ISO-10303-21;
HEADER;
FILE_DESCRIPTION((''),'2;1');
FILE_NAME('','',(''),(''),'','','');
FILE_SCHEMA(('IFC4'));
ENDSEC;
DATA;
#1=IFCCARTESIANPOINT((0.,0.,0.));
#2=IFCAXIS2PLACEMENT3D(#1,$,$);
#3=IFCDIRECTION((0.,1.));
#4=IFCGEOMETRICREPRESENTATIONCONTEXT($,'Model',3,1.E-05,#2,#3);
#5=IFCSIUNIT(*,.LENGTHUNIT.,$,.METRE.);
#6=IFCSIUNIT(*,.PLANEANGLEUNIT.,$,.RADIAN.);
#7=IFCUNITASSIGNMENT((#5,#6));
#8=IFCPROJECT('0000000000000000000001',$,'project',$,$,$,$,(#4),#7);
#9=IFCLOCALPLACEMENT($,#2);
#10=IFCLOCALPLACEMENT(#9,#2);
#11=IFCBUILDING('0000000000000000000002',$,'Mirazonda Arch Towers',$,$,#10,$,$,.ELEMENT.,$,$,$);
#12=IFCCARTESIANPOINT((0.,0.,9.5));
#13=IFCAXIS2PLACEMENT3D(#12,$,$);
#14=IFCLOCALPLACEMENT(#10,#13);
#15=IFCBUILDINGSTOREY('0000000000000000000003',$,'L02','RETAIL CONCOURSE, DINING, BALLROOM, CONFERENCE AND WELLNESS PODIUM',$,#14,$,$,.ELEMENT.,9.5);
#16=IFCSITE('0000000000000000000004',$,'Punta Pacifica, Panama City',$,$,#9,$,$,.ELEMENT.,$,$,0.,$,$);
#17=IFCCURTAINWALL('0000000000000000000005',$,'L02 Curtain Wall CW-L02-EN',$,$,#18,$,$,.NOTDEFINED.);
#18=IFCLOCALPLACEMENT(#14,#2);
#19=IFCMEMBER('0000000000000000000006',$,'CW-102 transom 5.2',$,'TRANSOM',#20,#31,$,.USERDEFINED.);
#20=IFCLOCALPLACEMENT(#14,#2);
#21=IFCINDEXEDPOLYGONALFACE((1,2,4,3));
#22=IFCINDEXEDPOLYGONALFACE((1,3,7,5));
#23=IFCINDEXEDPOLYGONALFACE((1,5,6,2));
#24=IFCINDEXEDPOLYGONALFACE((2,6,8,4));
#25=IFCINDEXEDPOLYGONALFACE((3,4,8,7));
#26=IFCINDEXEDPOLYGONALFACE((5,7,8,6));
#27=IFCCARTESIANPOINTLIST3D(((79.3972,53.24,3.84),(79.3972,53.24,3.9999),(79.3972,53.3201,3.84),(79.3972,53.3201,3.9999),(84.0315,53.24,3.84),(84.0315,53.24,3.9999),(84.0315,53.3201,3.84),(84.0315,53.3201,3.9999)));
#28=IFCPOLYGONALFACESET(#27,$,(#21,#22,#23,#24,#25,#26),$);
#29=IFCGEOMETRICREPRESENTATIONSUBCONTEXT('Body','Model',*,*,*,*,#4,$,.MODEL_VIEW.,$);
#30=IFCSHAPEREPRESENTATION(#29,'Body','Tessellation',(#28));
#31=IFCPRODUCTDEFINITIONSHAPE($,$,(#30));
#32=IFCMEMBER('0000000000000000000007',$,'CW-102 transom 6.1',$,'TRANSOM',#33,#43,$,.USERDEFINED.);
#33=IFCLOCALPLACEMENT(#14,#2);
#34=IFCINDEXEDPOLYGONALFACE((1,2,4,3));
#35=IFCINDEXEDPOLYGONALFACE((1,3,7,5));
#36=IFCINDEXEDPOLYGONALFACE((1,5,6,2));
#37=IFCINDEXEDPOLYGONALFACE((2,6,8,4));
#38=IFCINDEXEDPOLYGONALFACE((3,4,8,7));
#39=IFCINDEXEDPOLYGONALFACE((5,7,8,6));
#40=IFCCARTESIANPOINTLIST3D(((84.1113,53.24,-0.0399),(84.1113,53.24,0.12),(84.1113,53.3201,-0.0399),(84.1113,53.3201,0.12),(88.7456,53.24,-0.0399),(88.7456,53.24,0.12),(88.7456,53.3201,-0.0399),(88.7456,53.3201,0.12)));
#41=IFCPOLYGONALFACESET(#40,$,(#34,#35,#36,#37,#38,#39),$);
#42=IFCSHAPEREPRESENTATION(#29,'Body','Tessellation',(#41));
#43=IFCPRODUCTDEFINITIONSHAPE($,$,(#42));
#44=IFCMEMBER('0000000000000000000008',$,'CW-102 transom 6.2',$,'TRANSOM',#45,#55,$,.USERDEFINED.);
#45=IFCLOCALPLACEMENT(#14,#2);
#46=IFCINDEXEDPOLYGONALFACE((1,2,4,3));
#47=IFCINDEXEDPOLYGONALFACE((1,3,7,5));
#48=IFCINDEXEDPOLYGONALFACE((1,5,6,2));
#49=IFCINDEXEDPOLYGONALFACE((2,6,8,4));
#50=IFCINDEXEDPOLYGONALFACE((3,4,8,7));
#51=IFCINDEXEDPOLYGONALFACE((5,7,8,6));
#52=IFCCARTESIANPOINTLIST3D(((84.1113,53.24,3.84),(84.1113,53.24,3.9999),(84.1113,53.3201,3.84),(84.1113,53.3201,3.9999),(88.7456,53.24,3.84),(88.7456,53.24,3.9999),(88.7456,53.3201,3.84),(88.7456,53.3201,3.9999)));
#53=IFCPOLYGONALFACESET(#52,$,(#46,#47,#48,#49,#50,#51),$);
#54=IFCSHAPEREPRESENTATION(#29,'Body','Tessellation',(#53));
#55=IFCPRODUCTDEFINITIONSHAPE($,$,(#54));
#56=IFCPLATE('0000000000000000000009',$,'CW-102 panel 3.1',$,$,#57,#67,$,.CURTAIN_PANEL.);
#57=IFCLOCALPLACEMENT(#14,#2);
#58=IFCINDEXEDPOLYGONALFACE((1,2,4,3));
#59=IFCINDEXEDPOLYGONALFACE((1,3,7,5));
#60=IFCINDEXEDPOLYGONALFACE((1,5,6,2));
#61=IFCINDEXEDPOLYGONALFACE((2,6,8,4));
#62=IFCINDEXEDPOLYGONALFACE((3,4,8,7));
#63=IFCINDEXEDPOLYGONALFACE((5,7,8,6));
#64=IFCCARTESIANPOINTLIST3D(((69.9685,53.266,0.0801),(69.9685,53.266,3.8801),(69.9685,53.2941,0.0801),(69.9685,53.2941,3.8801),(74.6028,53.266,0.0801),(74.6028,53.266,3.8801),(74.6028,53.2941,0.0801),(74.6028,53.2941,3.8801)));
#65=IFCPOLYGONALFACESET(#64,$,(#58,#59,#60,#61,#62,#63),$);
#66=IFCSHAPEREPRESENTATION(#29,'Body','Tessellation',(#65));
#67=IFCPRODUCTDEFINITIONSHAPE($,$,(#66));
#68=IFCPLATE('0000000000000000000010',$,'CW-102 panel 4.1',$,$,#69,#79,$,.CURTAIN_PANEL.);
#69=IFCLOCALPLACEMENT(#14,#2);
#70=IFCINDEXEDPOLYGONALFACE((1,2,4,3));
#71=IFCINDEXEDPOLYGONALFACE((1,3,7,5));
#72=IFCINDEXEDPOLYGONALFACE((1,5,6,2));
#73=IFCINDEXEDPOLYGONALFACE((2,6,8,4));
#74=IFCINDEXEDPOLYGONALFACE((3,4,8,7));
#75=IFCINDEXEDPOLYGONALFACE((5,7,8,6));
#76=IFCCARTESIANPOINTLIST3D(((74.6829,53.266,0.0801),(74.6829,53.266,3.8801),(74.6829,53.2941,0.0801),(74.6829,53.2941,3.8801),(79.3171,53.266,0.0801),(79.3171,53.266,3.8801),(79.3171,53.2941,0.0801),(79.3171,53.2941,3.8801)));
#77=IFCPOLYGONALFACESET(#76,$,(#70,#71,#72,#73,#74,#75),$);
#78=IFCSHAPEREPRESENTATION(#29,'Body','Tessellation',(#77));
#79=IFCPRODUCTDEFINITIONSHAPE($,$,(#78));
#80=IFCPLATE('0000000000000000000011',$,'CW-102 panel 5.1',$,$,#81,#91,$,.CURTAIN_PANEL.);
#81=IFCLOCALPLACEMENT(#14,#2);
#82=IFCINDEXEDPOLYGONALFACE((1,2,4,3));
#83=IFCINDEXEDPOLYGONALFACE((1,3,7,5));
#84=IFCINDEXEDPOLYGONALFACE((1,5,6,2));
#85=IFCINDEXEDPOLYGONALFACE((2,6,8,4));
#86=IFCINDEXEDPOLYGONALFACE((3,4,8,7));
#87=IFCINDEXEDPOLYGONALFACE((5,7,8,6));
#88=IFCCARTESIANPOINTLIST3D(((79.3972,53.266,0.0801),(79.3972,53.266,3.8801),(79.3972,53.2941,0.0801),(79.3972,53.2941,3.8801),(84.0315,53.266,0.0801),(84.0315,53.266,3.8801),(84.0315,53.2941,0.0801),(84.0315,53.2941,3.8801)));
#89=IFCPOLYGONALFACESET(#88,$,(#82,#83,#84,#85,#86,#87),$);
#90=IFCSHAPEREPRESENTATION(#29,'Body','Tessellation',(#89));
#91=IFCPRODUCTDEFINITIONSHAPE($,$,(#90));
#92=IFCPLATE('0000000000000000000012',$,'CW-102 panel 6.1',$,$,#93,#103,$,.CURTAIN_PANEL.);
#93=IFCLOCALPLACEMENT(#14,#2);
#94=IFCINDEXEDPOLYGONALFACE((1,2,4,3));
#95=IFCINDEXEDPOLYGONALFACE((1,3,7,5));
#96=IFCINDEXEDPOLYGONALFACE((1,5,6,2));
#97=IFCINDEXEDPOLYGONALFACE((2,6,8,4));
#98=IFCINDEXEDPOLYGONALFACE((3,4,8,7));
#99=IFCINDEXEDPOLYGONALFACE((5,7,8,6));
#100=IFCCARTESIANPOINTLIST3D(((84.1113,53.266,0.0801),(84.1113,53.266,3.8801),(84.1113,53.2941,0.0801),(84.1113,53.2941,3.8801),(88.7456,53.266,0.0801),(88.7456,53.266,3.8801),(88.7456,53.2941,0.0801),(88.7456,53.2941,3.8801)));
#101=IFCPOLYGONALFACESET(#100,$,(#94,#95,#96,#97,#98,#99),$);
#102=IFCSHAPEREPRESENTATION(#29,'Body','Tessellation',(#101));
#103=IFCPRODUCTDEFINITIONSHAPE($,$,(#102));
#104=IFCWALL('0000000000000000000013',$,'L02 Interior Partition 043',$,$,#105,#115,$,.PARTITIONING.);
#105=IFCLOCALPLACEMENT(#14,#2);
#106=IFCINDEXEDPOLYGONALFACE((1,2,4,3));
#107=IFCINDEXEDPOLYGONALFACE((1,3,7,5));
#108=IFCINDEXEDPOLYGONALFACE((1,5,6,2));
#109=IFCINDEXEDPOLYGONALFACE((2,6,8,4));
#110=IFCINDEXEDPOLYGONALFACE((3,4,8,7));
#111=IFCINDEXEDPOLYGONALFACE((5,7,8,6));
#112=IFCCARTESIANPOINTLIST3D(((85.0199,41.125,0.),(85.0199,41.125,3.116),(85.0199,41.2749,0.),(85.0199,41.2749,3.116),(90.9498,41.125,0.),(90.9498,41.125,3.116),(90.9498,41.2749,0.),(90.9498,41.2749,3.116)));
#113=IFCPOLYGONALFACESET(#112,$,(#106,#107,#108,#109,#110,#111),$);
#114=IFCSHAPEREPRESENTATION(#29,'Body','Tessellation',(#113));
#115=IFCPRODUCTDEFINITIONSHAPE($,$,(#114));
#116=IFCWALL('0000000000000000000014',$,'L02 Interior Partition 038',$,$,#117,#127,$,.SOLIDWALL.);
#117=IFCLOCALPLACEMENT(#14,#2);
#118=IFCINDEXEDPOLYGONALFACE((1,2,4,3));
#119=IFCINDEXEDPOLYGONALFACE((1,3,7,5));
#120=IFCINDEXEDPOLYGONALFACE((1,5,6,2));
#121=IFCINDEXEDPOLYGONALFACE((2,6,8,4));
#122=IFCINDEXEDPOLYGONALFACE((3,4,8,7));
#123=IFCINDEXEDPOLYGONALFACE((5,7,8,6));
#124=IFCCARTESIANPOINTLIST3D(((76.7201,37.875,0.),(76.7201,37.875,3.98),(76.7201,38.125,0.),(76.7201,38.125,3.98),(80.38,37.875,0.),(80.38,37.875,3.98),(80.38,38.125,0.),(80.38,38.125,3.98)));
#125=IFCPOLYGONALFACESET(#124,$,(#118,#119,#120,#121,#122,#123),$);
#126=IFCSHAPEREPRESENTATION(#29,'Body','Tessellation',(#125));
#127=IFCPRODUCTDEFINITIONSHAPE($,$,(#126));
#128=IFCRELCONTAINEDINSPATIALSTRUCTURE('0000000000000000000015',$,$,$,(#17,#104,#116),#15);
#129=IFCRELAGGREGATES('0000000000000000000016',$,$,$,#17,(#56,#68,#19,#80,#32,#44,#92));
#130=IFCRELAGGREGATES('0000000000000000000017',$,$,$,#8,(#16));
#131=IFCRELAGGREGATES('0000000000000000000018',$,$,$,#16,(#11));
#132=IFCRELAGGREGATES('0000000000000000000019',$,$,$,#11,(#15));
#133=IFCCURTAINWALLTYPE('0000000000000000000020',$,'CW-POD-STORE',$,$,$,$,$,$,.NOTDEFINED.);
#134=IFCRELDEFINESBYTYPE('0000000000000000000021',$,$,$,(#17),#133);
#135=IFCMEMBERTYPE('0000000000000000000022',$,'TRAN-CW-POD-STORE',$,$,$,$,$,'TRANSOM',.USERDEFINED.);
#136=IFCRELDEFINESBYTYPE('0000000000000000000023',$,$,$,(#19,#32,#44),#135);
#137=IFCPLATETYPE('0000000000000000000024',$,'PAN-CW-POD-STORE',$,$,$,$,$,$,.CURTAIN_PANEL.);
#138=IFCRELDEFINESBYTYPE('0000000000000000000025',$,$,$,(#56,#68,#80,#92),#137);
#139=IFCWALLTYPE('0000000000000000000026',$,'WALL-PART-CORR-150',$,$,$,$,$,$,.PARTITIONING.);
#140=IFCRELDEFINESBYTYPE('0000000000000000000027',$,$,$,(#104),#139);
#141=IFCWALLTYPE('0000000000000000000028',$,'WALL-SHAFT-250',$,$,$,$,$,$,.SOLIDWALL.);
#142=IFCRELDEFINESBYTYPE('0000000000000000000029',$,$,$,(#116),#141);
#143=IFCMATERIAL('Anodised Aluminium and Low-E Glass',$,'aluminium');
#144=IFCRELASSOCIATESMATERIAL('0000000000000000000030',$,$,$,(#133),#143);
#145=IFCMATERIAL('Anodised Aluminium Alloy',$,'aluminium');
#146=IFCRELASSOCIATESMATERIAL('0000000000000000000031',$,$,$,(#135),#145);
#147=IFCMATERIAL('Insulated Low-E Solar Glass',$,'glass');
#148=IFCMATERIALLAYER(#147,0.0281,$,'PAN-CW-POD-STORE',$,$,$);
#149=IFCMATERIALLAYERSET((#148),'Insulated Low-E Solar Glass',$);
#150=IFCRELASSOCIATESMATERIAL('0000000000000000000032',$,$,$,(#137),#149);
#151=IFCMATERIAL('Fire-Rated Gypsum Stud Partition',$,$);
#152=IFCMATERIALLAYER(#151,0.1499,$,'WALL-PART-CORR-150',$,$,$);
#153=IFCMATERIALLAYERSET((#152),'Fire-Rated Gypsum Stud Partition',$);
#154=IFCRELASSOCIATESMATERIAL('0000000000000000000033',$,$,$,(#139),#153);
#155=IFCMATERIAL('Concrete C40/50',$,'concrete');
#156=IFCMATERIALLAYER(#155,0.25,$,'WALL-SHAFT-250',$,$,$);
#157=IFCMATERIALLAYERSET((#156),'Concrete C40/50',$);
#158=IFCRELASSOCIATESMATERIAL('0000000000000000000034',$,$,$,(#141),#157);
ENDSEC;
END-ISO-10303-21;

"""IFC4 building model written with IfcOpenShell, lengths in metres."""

from ifc_helpers import new_model, si_unit, direction, frame, frame_2d, origin, origin_2d, place, context, subcontext, project, spatial, rectangle, extrude, material, layer, layer_set, material_profile, profile_set, type_object, element, aggregate, save


model = new_model("IFC4")

# Units and contexts
model_context = context("Model", 3, precision=1e-05, world=origin(), true_north=direction((0.0, 1.0)))
body_context = subcontext(model_context, "Body", "Model", "MODEL_VIEW")
ifc_project = project(units=[si_unit("LENGTHUNIT", "METRE"), si_unit("PLANEANGLEUNIT", "RADIAN")], contexts=[model_context])

# Site, building, storey
site_placement = place(None, origin())
site = spatial("IfcSite", under=ifc_project, at=site_placement, Name="Punta Pacifica, Panama City", CompositionType="ELEMENT", RefElevation=0.0)
building_placement = place(site_placement, origin())
building = spatial("IfcBuilding", under=site, at=building_placement, Name="Mirazonda Arch Towers", CompositionType="ELEMENT")
storey_placement = place(building_placement, frame((0.0, 0.0, 9.5)))
storey = spatial("IfcBuildingStorey", under=building, at=storey_placement, Name="L02", Description="RETAIL CONCOURSE, DINING, BALLROOM, CONFERENCE AND WELLNESS PODIUM", CompositionType="ELEMENT", Elevation=9.5)

# Curtain wall, members, plates
ifc_material_1 = material(Name="Anodised Aluminium and Low-E Glass", Category="aluminium")
curtain_wall_type = type_object("IfcCurtainWallType", Name="CW-POD-STORE", PredefinedType="NOTDEFINED", material=ifc_material_1)
curtain_wall_placement = place(storey_placement, origin())
curtain_wall = element("IfcCurtainWall", 1, at=curtain_wall_placement, inside=storey, type_object=curtain_wall_type, Name="L02 Curtain Wall CW-L02-EN", PredefinedType="NOTDEFINED")
ifc_material_2 = material(Name="Anodised Aluminium Alloy", Category="aluminium")
ifc_material_profile_1 = material_profile(ifc_material_2, rectangle(XDim=0.0801, YDim=0.1599, at=origin_2d()), Name="ALU-TRAN-80x160")
ifc_profile_set_1 = profile_set([ifc_material_profile_1], Name="Anodised Aluminium Alloy")
member_type_1 = type_object("IfcMemberType", Name="TRAN-CW-POD-STORE", ElementType="TRANSOM", PredefinedType="USERDEFINED", material=ifc_profile_set_1)
member_1_placement = place(storey_placement, frame((79.3972, 53.28, 3.9199), z_axis=(1.0, 0.0, 0.0), x_axis=(0.0, 1.0, 0.0)))
member_1 = element("IfcMember", 2, at=member_1_placement, type_object=member_type_1, Name="CW-102 transom 5.2", ObjectType="TRANSOM", PredefinedType="USERDEFINED", context=body_context, shape_type="SweptSolid", body=[
    extrude(rectangle(XDim=0.0801, YDim=0.1599, at=origin_2d()), origin(), (0.0, 0.0, 1.0), 4.6343),
])
member_2_placement = place(storey_placement, frame((84.1113, 53.28, 0.04), z_axis=(1.0, 0.0, 0.0), x_axis=(0.0, 1.0, 0.0)))
member_2 = element("IfcMember", 3, at=member_2_placement, type_object=member_type_1, Name="CW-102 transom 6.1", ObjectType="TRANSOM", PredefinedType="USERDEFINED", context=body_context, shape_type="SweptSolid", body=[
    extrude(rectangle(XDim=0.0801, YDim=0.1599, at=origin_2d()), origin(), (0.0, 0.0, 1.0), 4.6343),
])
member_3_placement = place(storey_placement, frame((84.1113, 53.28, 3.9199), z_axis=(1.0, 0.0, 0.0), x_axis=(0.0, 1.0, 0.0)))
member_3 = element("IfcMember", 4, at=member_3_placement, type_object=member_type_1, Name="CW-102 transom 6.2", ObjectType="TRANSOM", PredefinedType="USERDEFINED", context=body_context, shape_type="SweptSolid", body=[
    extrude(rectangle(XDim=0.0801, YDim=0.1599, at=origin_2d()), origin(), (0.0, 0.0, 1.0), 4.6343),
])
ifc_material_3 = material(Name="Insulated Low-E Solar Glass", Category="glass")
ifc_layer_1 = layer(ifc_material_3, 0.0281, Name="PAN-CW-POD-STORE")
ifc_layer_set_1 = layer_set([ifc_layer_1], Name="Insulated Low-E Solar Glass")
plate_type = type_object("IfcPlateType", Name="PAN-CW-POD-STORE", PredefinedType="CURTAIN_PANEL", material=ifc_layer_set_1)
plate_1_placement = place(storey_placement, frame((72.2856, 53.28, 0.0801), z_axis=(0.0, 0.0, 1.0), x_axis=(1.0, 0.0, 0.0)))
plate_1 = element("IfcPlate", 5, at=plate_1_placement, type_object=plate_type, Name="CW-102 panel 3.1", PredefinedType="CURTAIN_PANEL", context=body_context, shape_type="SweptSolid", body=[
    extrude(rectangle(XDim=4.6343, YDim=0.0281, at=origin_2d()), origin(), (0.0, 0.0, 1.0), 3.8),
])
plate_2_placement = place(storey_placement, frame((77.0, 53.28, 0.0801), z_axis=(0.0, 0.0, 1.0), x_axis=(1.0, 0.0, 0.0)))
plate_2 = element("IfcPlate", 6, at=plate_2_placement, type_object=plate_type, Name="CW-102 panel 4.1", PredefinedType="CURTAIN_PANEL", context=body_context, shape_type="SweptSolid", body=[
    extrude(rectangle(XDim=4.6343, YDim=0.0281, at=origin_2d()), origin(), (0.0, 0.0, 1.0), 3.8),
])
plate_3_placement = place(storey_placement, frame((81.7144, 53.28, 0.0801), z_axis=(0.0, 0.0, 1.0), x_axis=(1.0, 0.0, 0.0)))
plate_3 = element("IfcPlate", 7, at=plate_3_placement, type_object=plate_type, Name="CW-102 panel 5.1", PredefinedType="CURTAIN_PANEL", context=body_context, shape_type="SweptSolid", body=[
    extrude(rectangle(XDim=4.6343, YDim=0.0281, at=origin_2d()), origin(), (0.0, 0.0, 1.0), 3.8),
])
plate_4_placement = place(storey_placement, frame((86.4285, 53.28, 0.0801), z_axis=(0.0, 0.0, 1.0), x_axis=(1.0, 0.0, 0.0)))
plate_4 = element("IfcPlate", 8, at=plate_4_placement, type_object=plate_type, Name="CW-102 panel 6.1", PredefinedType="CURTAIN_PANEL", context=body_context, shape_type="SweptSolid", body=[
    extrude(rectangle(XDim=4.6343, YDim=0.0281, at=origin_2d()), origin(), (0.0, 0.0, 1.0), 3.8),
])
aggregate(curtain_wall, [plate_1, plate_2, member_1, plate_3, member_2, member_3, plate_4])

# Walls
ifc_material_4 = material(Name="Fire-Rated Gypsum Stud Partition")
ifc_layer_2 = layer(ifc_material_4, 0.1499, Name="WALL-PART-CORR-150")
ifc_layer_set_2 = layer_set([ifc_layer_2], Name="Fire-Rated Gypsum Stud Partition")
wall_type_1 = type_object("IfcWallType", Name="WALL-PART-CORR-150", PredefinedType="PARTITIONING", material=ifc_layer_set_2)
wall_1_placement = place(storey_placement, frame((85.02, 41.2, 0.0), z_axis=(0.0, 0.0, 1.0), x_axis=(1.0, 0.0, 0.0)))
element("IfcWall", 9, at=wall_1_placement, inside=storey, type_object=wall_type_1, Name="L02 Interior Partition 043", PredefinedType="PARTITIONING", context=body_context, shape_type="SweptSolid", body=[
    extrude(rectangle(XDim=5.9299, YDim=0.1499, at=frame_2d((2.9648, 0.0))), origin(), (0.0, 0.0, 1.0), 3.116),
])
ifc_material_5 = material(Name="Concrete C40/50", Category="concrete")
ifc_layer_3 = layer(ifc_material_5, 0.25, Name="WALL-SHAFT-250")
ifc_layer_set_3 = layer_set([ifc_layer_3], Name="Concrete C40/50")
wall_type_2 = type_object("IfcWallType", Name="WALL-SHAFT-250", PredefinedType="SOLIDWALL", material=ifc_layer_set_3)
wall_2_placement = place(storey_placement, frame((76.72, 38.0, 0.0), z_axis=(0.0, 0.0, 1.0), x_axis=(1.0, 0.0, 0.0)))
element("IfcWall", 10, at=wall_2_placement, inside=storey, type_object=wall_type_2, Name="L02 Interior Partition 038", PredefinedType="SOLIDWALL", context=body_context, shape_type="SweptSolid", body=[
    extrude(rectangle(XDim=3.6599, YDim=0.25, at=frame_2d((1.8301, 0.0))), origin(), (0.0, 0.0, 1.0), 3.98),
])

save(model, "model.ifc")
